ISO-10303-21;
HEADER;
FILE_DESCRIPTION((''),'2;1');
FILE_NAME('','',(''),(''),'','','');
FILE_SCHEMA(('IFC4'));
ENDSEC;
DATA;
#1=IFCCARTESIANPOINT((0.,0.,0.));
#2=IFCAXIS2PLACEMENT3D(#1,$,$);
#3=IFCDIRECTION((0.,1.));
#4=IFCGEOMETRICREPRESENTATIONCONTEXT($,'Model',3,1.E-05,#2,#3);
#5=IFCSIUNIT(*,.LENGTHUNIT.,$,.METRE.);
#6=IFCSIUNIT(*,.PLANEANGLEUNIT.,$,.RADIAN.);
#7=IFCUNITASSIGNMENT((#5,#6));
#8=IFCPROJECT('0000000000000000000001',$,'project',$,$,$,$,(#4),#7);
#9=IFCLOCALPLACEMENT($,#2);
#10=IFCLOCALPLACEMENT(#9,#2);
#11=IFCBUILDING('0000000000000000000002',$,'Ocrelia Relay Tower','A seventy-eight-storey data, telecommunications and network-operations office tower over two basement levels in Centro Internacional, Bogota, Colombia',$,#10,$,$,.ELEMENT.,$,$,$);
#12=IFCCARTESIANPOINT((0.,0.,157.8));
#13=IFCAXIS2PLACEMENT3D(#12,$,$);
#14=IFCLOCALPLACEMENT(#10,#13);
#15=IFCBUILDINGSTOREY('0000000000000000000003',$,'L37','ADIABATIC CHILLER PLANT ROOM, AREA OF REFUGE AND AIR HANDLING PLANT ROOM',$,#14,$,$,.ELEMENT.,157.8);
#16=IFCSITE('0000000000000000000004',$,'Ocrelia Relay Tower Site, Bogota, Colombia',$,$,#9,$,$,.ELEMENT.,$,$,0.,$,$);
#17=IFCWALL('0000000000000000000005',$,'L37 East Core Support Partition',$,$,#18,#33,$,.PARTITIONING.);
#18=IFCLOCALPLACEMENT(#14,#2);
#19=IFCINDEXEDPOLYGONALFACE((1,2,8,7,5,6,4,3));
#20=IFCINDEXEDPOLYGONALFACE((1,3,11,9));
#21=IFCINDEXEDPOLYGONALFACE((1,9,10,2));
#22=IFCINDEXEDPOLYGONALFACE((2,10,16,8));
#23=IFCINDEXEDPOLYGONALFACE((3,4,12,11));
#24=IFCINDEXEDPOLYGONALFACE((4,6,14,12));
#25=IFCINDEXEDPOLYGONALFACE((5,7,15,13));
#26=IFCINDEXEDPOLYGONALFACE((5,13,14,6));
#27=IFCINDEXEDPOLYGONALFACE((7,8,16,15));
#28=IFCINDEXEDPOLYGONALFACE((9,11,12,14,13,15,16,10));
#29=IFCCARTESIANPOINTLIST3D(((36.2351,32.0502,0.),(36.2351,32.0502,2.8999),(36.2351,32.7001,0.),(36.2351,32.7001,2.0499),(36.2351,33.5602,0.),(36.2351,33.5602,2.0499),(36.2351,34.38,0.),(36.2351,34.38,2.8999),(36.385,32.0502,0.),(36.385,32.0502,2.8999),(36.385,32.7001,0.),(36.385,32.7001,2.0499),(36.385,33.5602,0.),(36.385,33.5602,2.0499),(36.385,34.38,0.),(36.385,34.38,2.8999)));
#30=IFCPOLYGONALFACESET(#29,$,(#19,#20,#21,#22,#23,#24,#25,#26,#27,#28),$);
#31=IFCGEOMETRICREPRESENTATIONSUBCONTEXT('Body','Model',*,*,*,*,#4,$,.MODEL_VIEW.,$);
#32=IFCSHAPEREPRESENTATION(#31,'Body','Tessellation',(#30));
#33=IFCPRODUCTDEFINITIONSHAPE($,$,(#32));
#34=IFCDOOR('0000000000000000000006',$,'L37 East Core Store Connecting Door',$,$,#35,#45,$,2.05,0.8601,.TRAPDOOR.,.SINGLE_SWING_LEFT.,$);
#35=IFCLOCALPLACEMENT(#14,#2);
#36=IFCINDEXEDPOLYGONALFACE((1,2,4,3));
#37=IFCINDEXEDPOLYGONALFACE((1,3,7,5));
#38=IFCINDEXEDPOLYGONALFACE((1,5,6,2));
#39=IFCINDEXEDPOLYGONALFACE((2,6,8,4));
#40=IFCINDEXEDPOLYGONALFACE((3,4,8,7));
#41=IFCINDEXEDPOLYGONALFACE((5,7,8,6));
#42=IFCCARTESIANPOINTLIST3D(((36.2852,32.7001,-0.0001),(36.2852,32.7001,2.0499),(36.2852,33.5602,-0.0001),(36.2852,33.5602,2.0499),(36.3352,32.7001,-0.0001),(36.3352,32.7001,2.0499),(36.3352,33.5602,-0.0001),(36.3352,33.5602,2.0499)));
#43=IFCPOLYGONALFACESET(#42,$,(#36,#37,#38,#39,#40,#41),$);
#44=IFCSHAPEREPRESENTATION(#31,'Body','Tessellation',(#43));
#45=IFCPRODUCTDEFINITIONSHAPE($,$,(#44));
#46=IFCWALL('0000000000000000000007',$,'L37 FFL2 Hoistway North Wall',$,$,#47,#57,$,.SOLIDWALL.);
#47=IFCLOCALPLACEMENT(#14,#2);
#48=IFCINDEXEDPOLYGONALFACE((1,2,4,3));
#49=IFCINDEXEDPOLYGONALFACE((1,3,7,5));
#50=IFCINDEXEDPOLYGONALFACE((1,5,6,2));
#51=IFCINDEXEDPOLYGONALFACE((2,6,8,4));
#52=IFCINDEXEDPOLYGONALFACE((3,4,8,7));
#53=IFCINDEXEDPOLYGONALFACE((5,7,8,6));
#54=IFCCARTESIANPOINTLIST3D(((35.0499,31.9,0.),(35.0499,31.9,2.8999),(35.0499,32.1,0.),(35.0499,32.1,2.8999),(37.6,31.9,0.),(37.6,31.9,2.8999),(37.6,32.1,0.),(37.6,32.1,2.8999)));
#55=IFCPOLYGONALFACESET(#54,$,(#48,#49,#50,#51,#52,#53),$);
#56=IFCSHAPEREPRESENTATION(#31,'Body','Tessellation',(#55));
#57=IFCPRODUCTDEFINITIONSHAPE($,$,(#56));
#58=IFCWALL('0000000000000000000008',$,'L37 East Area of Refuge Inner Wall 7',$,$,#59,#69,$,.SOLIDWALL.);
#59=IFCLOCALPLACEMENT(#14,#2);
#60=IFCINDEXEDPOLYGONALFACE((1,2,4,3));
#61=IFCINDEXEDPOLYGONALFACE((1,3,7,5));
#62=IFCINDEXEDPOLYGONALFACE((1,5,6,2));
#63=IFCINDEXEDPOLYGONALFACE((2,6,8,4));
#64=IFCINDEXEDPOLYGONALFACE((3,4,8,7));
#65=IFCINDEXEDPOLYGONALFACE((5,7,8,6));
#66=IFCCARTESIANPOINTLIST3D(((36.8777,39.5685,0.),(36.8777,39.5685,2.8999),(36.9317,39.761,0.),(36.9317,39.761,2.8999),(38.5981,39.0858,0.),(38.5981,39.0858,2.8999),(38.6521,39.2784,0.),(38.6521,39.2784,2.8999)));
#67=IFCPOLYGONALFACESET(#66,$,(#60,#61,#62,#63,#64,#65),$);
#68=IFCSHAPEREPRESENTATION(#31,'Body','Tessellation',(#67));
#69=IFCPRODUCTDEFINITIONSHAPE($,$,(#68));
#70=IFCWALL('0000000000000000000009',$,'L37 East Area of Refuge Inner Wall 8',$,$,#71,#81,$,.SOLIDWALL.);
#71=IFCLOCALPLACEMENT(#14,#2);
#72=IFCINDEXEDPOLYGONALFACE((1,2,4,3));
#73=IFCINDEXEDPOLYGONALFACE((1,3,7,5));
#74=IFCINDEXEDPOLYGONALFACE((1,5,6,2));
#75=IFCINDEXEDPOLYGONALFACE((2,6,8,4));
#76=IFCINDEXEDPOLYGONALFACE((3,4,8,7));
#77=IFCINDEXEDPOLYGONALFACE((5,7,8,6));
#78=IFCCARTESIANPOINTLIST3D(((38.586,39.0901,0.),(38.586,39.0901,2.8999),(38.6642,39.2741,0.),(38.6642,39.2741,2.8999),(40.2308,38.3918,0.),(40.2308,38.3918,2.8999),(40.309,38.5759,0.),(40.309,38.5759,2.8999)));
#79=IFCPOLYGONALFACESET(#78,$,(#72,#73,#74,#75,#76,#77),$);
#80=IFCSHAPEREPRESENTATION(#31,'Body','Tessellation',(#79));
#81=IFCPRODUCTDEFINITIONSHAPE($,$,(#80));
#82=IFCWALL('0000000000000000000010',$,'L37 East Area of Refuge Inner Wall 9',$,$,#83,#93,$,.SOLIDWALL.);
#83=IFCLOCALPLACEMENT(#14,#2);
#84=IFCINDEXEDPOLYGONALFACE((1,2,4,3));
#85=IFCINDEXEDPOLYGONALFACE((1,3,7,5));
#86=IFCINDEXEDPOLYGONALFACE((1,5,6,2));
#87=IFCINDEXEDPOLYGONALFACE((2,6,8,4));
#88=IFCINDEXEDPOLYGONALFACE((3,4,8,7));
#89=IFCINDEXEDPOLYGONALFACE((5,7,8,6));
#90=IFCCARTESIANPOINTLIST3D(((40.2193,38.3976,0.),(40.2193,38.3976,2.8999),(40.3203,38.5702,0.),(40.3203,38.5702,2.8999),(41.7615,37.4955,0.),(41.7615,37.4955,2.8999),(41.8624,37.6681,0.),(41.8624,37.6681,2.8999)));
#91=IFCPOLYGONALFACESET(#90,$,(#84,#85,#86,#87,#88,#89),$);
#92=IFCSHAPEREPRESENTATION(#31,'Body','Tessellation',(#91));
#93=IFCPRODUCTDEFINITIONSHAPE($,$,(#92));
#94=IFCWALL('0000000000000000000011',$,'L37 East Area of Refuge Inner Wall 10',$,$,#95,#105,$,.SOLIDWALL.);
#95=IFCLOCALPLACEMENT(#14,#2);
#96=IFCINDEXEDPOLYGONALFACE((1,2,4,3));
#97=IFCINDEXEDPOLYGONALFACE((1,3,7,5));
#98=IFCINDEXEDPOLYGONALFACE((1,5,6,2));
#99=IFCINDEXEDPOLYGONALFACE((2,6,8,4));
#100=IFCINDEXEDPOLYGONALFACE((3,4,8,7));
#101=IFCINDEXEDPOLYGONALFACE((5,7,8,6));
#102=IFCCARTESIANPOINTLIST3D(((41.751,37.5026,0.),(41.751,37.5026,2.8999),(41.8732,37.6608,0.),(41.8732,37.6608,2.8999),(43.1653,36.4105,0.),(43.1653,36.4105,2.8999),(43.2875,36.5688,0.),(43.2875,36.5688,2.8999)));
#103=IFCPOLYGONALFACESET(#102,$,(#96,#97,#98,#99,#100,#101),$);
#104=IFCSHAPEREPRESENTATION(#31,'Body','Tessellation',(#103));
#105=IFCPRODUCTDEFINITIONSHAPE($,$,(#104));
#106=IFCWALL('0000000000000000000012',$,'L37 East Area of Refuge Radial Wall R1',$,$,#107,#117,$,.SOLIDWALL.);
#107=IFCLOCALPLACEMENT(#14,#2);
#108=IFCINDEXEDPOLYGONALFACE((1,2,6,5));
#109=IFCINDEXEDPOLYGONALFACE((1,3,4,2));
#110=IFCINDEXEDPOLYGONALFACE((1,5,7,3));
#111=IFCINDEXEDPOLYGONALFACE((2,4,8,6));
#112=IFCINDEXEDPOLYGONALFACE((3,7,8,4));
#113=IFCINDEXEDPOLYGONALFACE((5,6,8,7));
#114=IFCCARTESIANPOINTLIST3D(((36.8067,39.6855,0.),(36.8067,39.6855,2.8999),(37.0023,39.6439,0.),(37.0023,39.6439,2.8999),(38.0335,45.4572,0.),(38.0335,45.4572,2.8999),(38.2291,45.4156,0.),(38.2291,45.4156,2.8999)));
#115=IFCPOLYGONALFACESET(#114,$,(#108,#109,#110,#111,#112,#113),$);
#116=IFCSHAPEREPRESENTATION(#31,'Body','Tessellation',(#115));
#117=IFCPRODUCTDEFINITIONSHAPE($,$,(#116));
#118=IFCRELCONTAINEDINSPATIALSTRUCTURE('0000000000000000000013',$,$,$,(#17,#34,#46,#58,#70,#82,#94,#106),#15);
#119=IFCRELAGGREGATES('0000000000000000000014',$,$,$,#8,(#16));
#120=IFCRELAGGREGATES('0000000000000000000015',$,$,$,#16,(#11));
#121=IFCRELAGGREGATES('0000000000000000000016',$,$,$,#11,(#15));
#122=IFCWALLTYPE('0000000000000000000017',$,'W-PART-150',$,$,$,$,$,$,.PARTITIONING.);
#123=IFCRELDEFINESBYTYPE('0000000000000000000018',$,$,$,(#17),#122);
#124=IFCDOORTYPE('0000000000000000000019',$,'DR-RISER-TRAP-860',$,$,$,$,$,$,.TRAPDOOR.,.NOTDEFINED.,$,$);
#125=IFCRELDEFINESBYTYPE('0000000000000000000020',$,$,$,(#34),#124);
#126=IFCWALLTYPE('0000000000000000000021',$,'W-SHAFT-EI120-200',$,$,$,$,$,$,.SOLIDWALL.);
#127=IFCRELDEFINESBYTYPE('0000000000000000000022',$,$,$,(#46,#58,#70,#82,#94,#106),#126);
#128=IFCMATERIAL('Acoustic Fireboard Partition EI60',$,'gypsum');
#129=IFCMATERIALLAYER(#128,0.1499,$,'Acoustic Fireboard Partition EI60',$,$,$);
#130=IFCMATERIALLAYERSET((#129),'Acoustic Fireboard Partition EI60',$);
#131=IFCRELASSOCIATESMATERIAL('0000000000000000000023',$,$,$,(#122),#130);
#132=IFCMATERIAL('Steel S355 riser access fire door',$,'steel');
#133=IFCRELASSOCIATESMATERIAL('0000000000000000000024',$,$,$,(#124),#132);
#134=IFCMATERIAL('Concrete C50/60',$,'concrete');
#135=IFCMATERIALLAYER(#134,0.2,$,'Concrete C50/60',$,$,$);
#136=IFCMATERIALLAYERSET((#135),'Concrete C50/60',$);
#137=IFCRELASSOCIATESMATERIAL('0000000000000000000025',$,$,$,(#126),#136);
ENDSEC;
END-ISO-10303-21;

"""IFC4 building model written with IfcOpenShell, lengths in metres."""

from ifc_helpers import new_model, si_unit, direction, frame, frame_2d, origin, place, context, subcontext, project, spatial, rectangle, extrude, material, layer, layer_set, type_object, element, fill, save


model = new_model("IFC4")

# Units and contexts
model_context = context("Model", 3, precision=1e-05, world=origin(), true_north=direction((0.0, 1.0)))
body_context = subcontext(model_context, "Body", "Model", "MODEL_VIEW")
ifc_project = project(units=[si_unit("LENGTHUNIT", "METRE"), si_unit("PLANEANGLEUNIT", "RADIAN")], contexts=[model_context])

# Site, building, storey
site_placement = place(None, origin())
site = spatial("IfcSite", under=ifc_project, at=site_placement, Name="Ocrelia Relay Tower Site, Bogota, Colombia", CompositionType="ELEMENT", RefElevation=0.0)
building_placement = place(site_placement, origin())
building = spatial("IfcBuilding", under=site, at=building_placement, Name="Ocrelia Relay Tower", Description="A seventy-eight-storey data, telecommunications and network-operations office tower over two basement levels in Centro Internacional, Bogota, Colombia", CompositionType="ELEMENT")
storey_placement = place(building_placement, frame((0.0, 0.0, 157.8)))
storey = spatial("IfcBuildingStorey", under=building, at=storey_placement, Name="L37", Description="ADIABATIC CHILLER PLANT ROOM, AREA OF REFUGE AND AIR HANDLING PLANT ROOM", CompositionType="ELEMENT", Elevation=157.8)

# Shared definitions
ifc_material_1 = material(Name="Concrete C50/60", Category="concrete")

# Wall, opening, door
ifc_material_2 = material(Name="Acoustic Fireboard Partition EI60", Category="gypsum")
ifc_layer_1 = layer(ifc_material_2, 0.1499, Name="Acoustic Fireboard Partition EI60")
ifc_layer_set_1 = layer_set([ifc_layer_1], Name="Acoustic Fireboard Partition EI60")
wall_type_1 = type_object("IfcWallType", Name="W-PART-150", PredefinedType="PARTITIONING", material=ifc_layer_set_1)
wall_1_placement = place(storey_placement, frame((36.3101, 32.05, 0.0), z_axis=(0.0, 0.0, 1.0), x_axis=(0.0, 1.0, 0.0)))
wall_1 = element("IfcWall", 1, at=wall_1_placement, inside=storey, type_object=wall_type_1, Name="L37 East Core Support Partition", PredefinedType="PARTITIONING", context=body_context, shape_type="SweptSolid", body=[
    extrude(rectangle(XDim=2.3298, YDim=0.1499, at=frame_2d((1.165, 0.0))), origin(), (0.0, 0.0, 1.0), 2.8999),
])
opening_1_placement = place(wall_1_placement, frame((0.6499, 0.0, 0.0)))
opening_1 = element("IfcOpeningElement", 2, at=opening_1_placement, cuts=wall_1, PredefinedType="OPENING", context=body_context, shape_type="SweptSolid", body=[
    extrude(rectangle(XDim=0.8601, YDim=2.05, at=frame_2d((0.4302, 1.0249))), frame((0.0, 0.085, 0.0), z_axis=(0.0, -1.0, 0.0), x_axis=(1.0, 0.0, 0.0)), (0.0, 0.0, 1.0), 0.1699),
])
ifc_material_3 = material(Name="Steel S355 riser access fire door", Category="steel")
door_type_1 = type_object("IfcDoorType", Name="DR-RISER-TRAP-860", OperationType="NOTDEFINED", PredefinedType="TRAPDOOR", material=ifc_material_3)
door_1_placement = place(opening_1_placement, origin())
door_1 = element("IfcDoor", 3, at=door_1_placement, inside=storey, type_object=door_type_1, Name="L37 East Core Store Connecting Door", OperationType="SINGLE_SWING_LEFT", OverallHeight=2.05, OverallWidth=0.8601, PredefinedType="TRAPDOOR", context=body_context, shape_type="SweptSolid", body=[
    extrude(rectangle(XDim=0.8601, YDim=2.05, at=frame_2d((0.4302, 1.0249))), frame((0.0, 0.0249, 0.0), z_axis=(0.0, -1.0, 0.0), x_axis=(1.0, 0.0, 0.0)), (0.0, 0.0, 1.0), 0.05),
])
fill(opening_1, door_1)

# Walls
ifc_layer_2 = layer(ifc_material_1, 0.2, Name="Concrete C50/60")
ifc_layer_set_2 = layer_set([ifc_layer_2], Name="Concrete C50/60")
wall_type_2 = type_object("IfcWallType", Name="W-SHAFT-EI120-200", PredefinedType="SOLIDWALL", material=ifc_layer_set_2)
wall_2_placement = place(storey_placement, frame((35.05, 32.0, 0.0), z_axis=(0.0, 0.0, 1.0), x_axis=(1.0, 0.0, 0.0)))
element("IfcWall", 4, at=wall_2_placement, inside=storey, type_object=wall_type_2, Name="L37 FFL2 Hoistway North Wall", PredefinedType="SOLIDWALL", context=body_context, shape_type="SweptSolid", body=[
    extrude(rectangle(XDim=2.55, YDim=0.2, at=frame_2d((1.2749, 0.0))), origin(), (0.0, 0.0, 1.0), 2.8999),
])
for number, where, z_axis, x_axis, name in (
    (5, (36.9045, 39.6648, 0.0), (0.0, 0.0, 1.0), (0.962828, -0.270116, 0.0), "L37 East Area of Refuge Inner Wall 7"),
    (6, (38.625, 39.1821, 0.0), (0.0, 0.0, 1.0), (0.920489, -0.390767, 0.0), "L37 East Area of Refuge Inner Wall 8"),
):
    element("IfcWall", number, at=place(storey_placement, frame(where, z_axis=z_axis, x_axis=x_axis)), inside=storey, type_object=wall_type_2, Name=name, PredefinedType="SOLIDWALL", context=body_context, shape_type="SweptSolid", body=[
        extrude(rectangle(XDim=1.7869, YDim=0.2, at=frame_2d((0.8936, 0.0))), origin(), (0.0, 0.0, 1.0), 2.8999),
    ])
wall_3_placement = place(storey_placement, frame((40.2698, 38.4839, 0.0), z_axis=(0.0, 0.0, 1.0), x_axis=(0.863179, -0.504899, 0.0)))
element("IfcWall", 7, at=wall_3_placement, inside=storey, type_object=wall_type_2, Name="L37 East Area of Refuge Inner Wall 9", PredefinedType="SOLIDWALL", context=body_context, shape_type="SweptSolid", body=[
    extrude(rectangle(XDim=1.7866, YDim=0.2, at=frame_2d((0.8933, 0.0))), origin(), (0.0, 0.0, 1.0), 2.8999),
])
wall_4_placement = place(storey_placement, frame((41.812, 37.5818, 0.0), z_axis=(0.0, 0.0, 1.0), x_axis=(0.79151, -0.611156, 0.0)))
element("IfcWall", 8, at=wall_4_placement, inside=storey, type_object=wall_type_2, Name="L37 East Area of Refuge Inner Wall 10", PredefinedType="SOLIDWALL", context=body_context, shape_type="SweptSolid", body=[
    extrude(rectangle(XDim=1.7869, YDim=0.2, at=frame_2d((0.8936, 0.0))), origin(), (0.0, 0.0, 1.0), 2.8999),
])
wall_5_placement = place(storey_placement, frame((36.9045, 39.6648, 0.0), z_axis=(0.0, 0.0, 1.0), x_axis=(0.20791, 0.978148, 0.0)))
element("IfcWall", 9, at=wall_5_placement, inside=storey, type_object=wall_type_2, Name="L37 East Area of Refuge Radial Wall R1", PredefinedType="SOLIDWALL", context=body_context, shape_type="SweptSolid", body=[
    extrude(rectangle(XDim=5.9006, YDim=0.2, at=frame_2d((2.9502, 0.0))), origin(), (0.0, 0.0, 1.0), 2.8999),
])

save(model, "model.ifc")
